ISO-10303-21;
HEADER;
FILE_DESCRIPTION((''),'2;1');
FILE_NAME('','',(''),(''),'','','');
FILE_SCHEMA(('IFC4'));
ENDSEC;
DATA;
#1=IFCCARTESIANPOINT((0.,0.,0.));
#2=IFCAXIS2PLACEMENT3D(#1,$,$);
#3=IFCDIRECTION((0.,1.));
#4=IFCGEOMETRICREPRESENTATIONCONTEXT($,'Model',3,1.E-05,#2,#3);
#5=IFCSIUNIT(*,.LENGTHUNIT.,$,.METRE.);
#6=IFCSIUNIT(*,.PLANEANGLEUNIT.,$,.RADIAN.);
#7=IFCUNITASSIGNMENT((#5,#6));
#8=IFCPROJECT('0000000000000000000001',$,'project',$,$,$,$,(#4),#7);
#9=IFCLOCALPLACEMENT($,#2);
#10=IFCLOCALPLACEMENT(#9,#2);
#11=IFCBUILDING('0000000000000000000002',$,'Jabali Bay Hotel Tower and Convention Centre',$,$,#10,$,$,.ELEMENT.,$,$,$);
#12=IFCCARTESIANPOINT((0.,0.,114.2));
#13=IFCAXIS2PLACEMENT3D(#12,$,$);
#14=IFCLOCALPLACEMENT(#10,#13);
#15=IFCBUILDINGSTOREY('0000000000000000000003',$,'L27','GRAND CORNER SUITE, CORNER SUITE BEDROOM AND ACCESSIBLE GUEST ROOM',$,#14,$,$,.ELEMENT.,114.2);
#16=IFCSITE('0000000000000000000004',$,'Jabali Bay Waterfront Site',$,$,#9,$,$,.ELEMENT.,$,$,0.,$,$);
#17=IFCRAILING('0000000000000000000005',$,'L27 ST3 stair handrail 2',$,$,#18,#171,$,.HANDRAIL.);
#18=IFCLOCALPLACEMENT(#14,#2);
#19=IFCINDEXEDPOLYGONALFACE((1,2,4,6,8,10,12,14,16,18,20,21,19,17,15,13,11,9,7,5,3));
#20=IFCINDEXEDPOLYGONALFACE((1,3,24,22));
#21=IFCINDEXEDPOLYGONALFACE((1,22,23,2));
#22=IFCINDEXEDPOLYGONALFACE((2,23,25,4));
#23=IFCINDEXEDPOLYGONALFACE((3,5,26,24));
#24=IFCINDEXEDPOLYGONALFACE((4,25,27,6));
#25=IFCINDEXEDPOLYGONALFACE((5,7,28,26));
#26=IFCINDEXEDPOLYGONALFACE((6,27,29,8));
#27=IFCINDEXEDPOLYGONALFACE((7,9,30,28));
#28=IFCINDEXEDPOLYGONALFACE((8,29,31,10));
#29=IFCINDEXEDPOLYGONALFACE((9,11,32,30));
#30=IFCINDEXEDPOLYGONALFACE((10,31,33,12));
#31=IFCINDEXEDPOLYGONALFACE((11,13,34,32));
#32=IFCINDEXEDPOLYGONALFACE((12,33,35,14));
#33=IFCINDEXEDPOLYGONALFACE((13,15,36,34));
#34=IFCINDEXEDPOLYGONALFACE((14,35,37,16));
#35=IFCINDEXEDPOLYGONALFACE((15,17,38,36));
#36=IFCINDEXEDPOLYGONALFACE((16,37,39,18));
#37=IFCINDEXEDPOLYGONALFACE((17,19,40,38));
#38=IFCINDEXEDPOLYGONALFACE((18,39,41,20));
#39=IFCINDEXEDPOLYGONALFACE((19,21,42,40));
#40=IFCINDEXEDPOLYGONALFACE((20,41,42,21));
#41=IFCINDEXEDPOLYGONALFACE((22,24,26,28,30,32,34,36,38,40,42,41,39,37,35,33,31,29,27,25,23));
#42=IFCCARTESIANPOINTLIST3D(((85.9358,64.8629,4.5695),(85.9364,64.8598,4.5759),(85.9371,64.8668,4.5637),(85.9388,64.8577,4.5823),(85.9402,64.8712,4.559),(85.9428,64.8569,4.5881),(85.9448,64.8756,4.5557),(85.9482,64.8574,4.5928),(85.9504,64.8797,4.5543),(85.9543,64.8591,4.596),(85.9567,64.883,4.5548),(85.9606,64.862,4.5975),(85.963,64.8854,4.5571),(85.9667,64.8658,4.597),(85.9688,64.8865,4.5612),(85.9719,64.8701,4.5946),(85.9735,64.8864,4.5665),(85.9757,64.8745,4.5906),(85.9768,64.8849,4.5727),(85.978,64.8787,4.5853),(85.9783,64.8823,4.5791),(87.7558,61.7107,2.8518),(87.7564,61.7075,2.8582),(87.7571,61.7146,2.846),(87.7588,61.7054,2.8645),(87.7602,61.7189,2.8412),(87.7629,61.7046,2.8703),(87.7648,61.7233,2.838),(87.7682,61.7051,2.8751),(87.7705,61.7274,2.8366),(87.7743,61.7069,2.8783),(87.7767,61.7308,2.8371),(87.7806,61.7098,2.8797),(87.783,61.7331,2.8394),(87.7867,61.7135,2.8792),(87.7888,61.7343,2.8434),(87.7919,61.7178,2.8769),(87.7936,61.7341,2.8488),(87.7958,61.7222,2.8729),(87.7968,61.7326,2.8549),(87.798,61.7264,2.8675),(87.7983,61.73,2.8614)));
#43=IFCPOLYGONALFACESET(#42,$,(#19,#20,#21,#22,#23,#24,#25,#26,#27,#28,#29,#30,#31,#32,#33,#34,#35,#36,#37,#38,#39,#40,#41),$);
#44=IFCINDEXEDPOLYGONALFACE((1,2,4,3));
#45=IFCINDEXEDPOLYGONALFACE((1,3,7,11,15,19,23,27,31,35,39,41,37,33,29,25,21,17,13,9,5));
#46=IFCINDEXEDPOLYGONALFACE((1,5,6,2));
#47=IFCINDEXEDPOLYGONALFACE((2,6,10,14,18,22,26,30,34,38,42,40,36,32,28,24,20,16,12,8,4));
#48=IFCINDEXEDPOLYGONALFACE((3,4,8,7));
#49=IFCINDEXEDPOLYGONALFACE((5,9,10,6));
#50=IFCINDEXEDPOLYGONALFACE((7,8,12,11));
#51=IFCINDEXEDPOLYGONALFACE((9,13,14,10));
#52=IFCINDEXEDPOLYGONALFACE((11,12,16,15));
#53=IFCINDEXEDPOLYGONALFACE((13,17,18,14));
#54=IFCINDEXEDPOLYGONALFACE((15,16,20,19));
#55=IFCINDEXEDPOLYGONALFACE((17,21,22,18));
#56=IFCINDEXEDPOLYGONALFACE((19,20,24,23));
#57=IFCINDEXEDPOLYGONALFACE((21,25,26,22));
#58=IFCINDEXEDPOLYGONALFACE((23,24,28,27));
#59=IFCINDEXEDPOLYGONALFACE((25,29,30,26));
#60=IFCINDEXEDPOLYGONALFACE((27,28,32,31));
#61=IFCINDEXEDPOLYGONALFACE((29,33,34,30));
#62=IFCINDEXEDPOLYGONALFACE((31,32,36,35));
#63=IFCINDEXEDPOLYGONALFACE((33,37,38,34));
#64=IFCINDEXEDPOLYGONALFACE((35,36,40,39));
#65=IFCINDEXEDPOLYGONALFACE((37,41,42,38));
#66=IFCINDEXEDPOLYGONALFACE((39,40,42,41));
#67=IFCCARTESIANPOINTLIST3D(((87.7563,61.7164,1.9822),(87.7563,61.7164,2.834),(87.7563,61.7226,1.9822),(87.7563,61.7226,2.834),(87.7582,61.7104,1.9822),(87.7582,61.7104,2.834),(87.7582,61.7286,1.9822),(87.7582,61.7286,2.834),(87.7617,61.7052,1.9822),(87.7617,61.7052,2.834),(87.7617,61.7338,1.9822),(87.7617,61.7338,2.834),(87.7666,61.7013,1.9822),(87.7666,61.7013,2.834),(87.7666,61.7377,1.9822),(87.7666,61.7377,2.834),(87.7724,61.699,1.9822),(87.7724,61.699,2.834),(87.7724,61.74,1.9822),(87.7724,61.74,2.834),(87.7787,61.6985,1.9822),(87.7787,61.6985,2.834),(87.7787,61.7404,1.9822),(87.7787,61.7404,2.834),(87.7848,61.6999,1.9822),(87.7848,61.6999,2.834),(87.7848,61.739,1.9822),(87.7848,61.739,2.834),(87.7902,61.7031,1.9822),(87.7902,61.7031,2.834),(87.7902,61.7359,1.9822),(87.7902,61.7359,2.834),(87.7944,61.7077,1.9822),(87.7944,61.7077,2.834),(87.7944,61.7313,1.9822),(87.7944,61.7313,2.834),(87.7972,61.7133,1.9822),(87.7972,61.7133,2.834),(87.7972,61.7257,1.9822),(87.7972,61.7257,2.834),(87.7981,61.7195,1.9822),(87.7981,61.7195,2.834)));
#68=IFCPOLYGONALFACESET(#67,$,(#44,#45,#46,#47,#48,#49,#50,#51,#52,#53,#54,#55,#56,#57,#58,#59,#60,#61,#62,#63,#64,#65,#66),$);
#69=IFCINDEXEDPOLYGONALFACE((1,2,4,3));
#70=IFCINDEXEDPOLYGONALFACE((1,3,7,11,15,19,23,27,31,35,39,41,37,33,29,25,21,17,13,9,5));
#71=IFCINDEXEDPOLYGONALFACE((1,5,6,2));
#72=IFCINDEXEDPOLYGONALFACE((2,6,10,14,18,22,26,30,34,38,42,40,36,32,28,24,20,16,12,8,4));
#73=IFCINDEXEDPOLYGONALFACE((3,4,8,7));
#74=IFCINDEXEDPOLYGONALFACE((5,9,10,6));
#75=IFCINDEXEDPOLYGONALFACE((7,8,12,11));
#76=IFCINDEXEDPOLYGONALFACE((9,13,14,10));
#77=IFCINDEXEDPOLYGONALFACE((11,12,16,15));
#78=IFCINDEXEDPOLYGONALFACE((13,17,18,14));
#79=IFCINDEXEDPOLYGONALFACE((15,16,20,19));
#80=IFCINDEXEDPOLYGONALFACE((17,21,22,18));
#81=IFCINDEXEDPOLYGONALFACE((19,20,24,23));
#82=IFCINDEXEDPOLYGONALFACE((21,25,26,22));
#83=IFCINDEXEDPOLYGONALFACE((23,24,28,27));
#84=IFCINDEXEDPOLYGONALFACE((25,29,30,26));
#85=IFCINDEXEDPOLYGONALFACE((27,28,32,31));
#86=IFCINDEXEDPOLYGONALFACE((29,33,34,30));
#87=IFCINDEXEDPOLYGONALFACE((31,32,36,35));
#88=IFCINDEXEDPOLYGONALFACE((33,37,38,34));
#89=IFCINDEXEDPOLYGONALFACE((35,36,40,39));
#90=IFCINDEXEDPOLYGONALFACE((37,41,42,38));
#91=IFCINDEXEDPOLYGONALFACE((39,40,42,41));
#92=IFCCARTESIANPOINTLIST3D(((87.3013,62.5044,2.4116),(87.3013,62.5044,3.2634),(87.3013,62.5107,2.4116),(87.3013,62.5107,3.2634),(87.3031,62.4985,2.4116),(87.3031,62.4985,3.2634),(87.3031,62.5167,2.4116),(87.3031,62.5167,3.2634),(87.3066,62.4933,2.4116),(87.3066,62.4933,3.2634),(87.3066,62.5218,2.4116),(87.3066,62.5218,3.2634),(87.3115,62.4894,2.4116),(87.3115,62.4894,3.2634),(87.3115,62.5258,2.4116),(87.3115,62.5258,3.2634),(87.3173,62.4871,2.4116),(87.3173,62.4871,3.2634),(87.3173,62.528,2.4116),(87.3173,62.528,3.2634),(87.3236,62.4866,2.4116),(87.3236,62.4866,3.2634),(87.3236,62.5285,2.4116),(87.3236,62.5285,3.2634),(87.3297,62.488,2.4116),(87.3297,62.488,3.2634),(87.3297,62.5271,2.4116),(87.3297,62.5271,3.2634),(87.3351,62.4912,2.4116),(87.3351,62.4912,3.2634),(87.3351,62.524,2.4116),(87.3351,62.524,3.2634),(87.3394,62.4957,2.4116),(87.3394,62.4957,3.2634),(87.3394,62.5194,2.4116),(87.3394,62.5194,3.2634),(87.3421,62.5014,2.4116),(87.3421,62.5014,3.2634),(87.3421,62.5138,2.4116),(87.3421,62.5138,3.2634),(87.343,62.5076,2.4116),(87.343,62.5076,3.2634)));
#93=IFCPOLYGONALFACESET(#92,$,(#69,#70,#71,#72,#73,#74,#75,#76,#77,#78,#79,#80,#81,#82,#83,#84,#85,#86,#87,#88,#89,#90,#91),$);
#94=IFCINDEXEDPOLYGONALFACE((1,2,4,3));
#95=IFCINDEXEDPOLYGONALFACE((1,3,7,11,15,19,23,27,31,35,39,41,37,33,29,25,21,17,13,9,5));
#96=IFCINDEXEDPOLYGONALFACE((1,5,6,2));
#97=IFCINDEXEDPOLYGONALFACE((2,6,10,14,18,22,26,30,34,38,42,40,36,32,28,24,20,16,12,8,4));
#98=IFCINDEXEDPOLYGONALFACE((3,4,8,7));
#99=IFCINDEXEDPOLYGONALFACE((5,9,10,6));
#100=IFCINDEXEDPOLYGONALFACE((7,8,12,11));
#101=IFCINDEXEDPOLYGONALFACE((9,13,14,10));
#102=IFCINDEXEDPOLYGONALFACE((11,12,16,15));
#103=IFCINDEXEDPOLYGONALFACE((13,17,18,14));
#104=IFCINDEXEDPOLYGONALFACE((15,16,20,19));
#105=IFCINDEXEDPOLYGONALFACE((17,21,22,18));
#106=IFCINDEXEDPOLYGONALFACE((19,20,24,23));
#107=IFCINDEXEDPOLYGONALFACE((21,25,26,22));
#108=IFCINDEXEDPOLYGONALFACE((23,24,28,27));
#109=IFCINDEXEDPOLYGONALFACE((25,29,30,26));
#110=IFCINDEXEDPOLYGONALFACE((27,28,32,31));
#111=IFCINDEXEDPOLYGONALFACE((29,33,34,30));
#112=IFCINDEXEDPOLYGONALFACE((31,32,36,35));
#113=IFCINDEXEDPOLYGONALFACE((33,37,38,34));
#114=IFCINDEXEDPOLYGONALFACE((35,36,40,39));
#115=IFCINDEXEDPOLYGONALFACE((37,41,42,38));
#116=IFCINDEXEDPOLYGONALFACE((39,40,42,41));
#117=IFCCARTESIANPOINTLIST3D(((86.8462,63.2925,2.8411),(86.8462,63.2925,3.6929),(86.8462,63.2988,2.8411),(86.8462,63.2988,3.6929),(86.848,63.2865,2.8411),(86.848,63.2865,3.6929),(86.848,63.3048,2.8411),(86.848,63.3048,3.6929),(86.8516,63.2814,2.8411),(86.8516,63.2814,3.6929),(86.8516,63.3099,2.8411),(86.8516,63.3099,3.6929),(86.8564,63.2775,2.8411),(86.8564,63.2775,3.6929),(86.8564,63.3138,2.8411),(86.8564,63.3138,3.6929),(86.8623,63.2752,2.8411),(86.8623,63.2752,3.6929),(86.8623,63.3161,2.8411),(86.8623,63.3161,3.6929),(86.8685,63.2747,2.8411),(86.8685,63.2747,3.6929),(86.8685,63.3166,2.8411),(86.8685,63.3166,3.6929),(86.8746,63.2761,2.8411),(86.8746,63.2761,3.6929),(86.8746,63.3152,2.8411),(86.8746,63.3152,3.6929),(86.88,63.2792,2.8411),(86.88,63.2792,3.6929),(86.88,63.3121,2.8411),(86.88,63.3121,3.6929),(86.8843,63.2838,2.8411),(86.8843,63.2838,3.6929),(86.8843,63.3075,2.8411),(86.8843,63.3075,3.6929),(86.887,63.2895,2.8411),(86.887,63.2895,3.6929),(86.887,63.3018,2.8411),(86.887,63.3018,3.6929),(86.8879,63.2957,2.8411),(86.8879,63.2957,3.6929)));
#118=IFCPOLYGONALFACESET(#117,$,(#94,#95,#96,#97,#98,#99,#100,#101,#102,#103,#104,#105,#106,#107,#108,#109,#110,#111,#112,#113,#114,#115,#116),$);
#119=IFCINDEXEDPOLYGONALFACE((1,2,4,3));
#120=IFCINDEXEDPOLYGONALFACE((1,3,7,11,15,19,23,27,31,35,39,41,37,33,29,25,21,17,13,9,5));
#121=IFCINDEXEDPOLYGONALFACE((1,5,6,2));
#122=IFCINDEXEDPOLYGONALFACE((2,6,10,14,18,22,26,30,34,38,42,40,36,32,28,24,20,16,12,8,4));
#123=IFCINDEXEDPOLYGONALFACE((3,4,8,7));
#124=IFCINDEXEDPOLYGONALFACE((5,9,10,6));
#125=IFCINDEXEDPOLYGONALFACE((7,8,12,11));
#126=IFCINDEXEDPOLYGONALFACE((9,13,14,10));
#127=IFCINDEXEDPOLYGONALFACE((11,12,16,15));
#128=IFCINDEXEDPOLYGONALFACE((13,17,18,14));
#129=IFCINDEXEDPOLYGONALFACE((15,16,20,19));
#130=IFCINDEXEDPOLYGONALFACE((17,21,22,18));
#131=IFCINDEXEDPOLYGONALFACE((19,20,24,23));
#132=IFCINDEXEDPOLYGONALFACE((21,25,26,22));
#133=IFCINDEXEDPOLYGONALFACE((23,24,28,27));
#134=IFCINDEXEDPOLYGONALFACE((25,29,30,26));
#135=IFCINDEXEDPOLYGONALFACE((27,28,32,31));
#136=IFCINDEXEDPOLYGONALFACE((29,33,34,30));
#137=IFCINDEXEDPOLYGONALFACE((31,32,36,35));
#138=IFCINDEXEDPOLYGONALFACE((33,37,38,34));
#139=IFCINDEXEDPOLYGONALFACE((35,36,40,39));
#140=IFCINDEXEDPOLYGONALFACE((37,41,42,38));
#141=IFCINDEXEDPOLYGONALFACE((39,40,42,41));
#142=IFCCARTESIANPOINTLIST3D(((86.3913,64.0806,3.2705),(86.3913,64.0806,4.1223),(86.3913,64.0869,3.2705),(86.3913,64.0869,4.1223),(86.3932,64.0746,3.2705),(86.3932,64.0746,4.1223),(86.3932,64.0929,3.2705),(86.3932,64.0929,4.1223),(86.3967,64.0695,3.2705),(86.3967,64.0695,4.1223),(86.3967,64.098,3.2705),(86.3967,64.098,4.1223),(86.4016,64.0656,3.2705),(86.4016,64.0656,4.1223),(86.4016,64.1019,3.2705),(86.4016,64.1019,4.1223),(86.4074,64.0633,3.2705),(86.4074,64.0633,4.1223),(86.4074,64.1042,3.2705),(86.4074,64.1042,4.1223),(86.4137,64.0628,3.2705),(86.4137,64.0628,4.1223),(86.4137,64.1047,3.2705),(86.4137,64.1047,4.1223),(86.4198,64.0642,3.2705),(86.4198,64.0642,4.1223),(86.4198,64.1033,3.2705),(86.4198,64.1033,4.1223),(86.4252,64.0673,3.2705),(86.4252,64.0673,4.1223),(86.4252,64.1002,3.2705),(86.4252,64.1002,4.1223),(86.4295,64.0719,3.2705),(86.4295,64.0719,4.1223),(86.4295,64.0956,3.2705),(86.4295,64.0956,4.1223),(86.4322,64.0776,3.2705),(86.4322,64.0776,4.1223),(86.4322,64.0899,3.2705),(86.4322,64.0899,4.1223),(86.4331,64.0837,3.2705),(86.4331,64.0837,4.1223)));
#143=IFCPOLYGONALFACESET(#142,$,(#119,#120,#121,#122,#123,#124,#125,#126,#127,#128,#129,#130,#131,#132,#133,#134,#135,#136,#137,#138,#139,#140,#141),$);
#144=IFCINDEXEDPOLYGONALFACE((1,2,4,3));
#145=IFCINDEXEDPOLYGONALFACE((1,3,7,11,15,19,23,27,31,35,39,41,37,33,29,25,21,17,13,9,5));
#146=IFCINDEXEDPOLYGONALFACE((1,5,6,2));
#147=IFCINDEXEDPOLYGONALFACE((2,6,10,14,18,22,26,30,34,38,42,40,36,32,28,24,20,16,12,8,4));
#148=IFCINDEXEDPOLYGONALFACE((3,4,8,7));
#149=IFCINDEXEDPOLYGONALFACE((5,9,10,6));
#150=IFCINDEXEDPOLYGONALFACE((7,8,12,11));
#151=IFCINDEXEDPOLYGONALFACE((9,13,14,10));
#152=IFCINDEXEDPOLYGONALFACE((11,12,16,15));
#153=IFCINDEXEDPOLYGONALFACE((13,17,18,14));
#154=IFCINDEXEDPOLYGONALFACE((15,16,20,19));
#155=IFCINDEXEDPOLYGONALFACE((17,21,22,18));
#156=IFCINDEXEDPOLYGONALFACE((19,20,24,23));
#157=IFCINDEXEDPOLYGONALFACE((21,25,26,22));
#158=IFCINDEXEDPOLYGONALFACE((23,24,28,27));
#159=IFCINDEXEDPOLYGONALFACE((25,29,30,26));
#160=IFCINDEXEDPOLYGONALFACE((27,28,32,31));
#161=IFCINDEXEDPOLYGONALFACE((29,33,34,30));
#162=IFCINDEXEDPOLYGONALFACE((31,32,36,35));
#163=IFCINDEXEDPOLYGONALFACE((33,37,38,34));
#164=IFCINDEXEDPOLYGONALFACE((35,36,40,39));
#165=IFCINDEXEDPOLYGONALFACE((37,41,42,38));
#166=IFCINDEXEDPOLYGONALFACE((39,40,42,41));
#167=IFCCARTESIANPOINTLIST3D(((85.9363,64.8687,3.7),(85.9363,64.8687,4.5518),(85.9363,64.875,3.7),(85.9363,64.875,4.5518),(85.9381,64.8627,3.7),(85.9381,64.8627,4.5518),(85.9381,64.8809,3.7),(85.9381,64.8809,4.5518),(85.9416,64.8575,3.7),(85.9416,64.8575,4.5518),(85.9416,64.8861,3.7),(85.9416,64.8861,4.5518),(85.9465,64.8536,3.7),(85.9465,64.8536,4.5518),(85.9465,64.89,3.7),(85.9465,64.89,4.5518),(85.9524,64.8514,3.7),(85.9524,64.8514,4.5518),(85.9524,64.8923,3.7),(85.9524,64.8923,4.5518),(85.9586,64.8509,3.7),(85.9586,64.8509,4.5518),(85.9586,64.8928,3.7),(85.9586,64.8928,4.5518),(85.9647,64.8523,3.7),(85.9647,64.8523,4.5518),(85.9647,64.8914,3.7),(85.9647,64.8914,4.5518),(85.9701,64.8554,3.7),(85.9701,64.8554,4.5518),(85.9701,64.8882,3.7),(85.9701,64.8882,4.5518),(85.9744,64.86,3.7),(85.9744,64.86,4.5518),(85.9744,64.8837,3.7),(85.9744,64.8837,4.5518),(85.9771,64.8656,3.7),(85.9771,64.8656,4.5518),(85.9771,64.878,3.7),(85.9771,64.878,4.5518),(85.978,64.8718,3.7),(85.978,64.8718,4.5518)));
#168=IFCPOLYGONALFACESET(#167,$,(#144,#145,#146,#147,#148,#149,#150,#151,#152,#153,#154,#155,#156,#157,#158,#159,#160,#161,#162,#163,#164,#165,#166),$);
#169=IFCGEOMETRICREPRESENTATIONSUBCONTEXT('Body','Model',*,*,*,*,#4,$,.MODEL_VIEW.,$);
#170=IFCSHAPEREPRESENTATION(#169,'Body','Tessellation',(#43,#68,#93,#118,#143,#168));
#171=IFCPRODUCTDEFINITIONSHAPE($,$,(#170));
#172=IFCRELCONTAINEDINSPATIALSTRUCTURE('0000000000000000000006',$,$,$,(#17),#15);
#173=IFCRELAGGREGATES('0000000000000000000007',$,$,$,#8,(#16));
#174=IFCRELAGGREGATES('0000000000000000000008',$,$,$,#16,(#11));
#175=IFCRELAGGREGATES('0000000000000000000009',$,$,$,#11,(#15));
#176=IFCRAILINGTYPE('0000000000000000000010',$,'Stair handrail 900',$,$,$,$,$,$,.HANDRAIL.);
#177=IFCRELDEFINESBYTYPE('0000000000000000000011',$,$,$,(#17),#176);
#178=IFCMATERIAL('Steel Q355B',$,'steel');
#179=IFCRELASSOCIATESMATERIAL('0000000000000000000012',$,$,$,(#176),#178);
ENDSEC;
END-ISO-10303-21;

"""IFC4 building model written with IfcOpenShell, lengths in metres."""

from ifc_helpers import new_model, si_unit, direction, frame, origin, origin_2d, place, context, subcontext, project, spatial, circle, extrude, material, type_object, element, save


model = new_model("IFC4")

# Units and contexts
model_context = context("Model", 3, precision=1e-05, world=origin(), true_north=direction((0.0, 1.0)))
body_context = subcontext(model_context, "Body", "Model", "MODEL_VIEW")
ifc_project = project(units=[si_unit("LENGTHUNIT", "METRE"), si_unit("PLANEANGLEUNIT", "RADIAN")], contexts=[model_context])

# Site, building, storey
site_placement = place(None, origin())
site = spatial("IfcSite", under=ifc_project, at=site_placement, Name="Jabali Bay Waterfront Site", CompositionType="ELEMENT", RefElevation=0.0)
building_placement = place(site_placement, origin())
building = spatial("IfcBuilding", under=site, at=building_placement, Name="Jabali Bay Hotel Tower and Convention Centre", CompositionType="ELEMENT")
storey_placement = place(building_placement, frame((0.0, 0.0, 114.2)))
storey = spatial("IfcBuildingStorey", under=building, at=storey_placement, Name="L27", Description="GRAND CORNER SUITE, CORNER SUITE BEDROOM AND ACCESSIBLE GUEST ROOM", CompositionType="ELEMENT", Elevation=114.2)

# Railing
ifc_material_1 = material(Name="Steel Q355B", Category="steel")
railing_type_1 = type_object("IfcRailingType", Name="Stair handrail 900", PredefinedType="HANDRAIL", material=ifc_material_1)
railing_1_placement = place(storey_placement, frame((87.7771, 61.7195, 1.9822)))
element("IfcRailing", 1, at=railing_1_placement, inside=storey, type_object=railing_type_1, Name="L27 ST3 stair handrail 2", PredefinedType="HANDRAIL", context=body_context, shape_type="SweptSolid", body=[
    extrude(circle(Radius=0.0239, at=origin_2d()), frame((0.0, 0.0, 0.876), z_axis=(-0.45219, 0.78319, 0.426775), x_axis=(-0.866018, -0.500013, 0.0)), (0.0, 0.0, 1.0), 4.0249),
    extrude(circle(Radius=0.021, at=origin_2d()), origin(), (0.0, 0.0, 1.0), 0.8518),
    extrude(circle(Radius=0.021, at=origin_2d()), frame((-0.4551, 0.7881, 0.4294)), (0.0, 0.0, 1.0), 0.8518),
    extrude(circle(Radius=0.021, at=origin_2d()), frame((-0.9102, 1.5762, 0.8589)), (0.0, 0.0, 1.0), 0.8518),
    extrude(circle(Radius=0.021, at=origin_2d()), frame((-1.365, 2.3643, 1.2883)), (0.0, 0.0, 1.0), 0.8518),
    extrude(circle(Radius=0.021, at=origin_2d()), frame((-1.8201, 3.1523, 1.7178)), (0.0, 0.0, 1.0), 0.8518),
])

save(model, "model.ifc")
